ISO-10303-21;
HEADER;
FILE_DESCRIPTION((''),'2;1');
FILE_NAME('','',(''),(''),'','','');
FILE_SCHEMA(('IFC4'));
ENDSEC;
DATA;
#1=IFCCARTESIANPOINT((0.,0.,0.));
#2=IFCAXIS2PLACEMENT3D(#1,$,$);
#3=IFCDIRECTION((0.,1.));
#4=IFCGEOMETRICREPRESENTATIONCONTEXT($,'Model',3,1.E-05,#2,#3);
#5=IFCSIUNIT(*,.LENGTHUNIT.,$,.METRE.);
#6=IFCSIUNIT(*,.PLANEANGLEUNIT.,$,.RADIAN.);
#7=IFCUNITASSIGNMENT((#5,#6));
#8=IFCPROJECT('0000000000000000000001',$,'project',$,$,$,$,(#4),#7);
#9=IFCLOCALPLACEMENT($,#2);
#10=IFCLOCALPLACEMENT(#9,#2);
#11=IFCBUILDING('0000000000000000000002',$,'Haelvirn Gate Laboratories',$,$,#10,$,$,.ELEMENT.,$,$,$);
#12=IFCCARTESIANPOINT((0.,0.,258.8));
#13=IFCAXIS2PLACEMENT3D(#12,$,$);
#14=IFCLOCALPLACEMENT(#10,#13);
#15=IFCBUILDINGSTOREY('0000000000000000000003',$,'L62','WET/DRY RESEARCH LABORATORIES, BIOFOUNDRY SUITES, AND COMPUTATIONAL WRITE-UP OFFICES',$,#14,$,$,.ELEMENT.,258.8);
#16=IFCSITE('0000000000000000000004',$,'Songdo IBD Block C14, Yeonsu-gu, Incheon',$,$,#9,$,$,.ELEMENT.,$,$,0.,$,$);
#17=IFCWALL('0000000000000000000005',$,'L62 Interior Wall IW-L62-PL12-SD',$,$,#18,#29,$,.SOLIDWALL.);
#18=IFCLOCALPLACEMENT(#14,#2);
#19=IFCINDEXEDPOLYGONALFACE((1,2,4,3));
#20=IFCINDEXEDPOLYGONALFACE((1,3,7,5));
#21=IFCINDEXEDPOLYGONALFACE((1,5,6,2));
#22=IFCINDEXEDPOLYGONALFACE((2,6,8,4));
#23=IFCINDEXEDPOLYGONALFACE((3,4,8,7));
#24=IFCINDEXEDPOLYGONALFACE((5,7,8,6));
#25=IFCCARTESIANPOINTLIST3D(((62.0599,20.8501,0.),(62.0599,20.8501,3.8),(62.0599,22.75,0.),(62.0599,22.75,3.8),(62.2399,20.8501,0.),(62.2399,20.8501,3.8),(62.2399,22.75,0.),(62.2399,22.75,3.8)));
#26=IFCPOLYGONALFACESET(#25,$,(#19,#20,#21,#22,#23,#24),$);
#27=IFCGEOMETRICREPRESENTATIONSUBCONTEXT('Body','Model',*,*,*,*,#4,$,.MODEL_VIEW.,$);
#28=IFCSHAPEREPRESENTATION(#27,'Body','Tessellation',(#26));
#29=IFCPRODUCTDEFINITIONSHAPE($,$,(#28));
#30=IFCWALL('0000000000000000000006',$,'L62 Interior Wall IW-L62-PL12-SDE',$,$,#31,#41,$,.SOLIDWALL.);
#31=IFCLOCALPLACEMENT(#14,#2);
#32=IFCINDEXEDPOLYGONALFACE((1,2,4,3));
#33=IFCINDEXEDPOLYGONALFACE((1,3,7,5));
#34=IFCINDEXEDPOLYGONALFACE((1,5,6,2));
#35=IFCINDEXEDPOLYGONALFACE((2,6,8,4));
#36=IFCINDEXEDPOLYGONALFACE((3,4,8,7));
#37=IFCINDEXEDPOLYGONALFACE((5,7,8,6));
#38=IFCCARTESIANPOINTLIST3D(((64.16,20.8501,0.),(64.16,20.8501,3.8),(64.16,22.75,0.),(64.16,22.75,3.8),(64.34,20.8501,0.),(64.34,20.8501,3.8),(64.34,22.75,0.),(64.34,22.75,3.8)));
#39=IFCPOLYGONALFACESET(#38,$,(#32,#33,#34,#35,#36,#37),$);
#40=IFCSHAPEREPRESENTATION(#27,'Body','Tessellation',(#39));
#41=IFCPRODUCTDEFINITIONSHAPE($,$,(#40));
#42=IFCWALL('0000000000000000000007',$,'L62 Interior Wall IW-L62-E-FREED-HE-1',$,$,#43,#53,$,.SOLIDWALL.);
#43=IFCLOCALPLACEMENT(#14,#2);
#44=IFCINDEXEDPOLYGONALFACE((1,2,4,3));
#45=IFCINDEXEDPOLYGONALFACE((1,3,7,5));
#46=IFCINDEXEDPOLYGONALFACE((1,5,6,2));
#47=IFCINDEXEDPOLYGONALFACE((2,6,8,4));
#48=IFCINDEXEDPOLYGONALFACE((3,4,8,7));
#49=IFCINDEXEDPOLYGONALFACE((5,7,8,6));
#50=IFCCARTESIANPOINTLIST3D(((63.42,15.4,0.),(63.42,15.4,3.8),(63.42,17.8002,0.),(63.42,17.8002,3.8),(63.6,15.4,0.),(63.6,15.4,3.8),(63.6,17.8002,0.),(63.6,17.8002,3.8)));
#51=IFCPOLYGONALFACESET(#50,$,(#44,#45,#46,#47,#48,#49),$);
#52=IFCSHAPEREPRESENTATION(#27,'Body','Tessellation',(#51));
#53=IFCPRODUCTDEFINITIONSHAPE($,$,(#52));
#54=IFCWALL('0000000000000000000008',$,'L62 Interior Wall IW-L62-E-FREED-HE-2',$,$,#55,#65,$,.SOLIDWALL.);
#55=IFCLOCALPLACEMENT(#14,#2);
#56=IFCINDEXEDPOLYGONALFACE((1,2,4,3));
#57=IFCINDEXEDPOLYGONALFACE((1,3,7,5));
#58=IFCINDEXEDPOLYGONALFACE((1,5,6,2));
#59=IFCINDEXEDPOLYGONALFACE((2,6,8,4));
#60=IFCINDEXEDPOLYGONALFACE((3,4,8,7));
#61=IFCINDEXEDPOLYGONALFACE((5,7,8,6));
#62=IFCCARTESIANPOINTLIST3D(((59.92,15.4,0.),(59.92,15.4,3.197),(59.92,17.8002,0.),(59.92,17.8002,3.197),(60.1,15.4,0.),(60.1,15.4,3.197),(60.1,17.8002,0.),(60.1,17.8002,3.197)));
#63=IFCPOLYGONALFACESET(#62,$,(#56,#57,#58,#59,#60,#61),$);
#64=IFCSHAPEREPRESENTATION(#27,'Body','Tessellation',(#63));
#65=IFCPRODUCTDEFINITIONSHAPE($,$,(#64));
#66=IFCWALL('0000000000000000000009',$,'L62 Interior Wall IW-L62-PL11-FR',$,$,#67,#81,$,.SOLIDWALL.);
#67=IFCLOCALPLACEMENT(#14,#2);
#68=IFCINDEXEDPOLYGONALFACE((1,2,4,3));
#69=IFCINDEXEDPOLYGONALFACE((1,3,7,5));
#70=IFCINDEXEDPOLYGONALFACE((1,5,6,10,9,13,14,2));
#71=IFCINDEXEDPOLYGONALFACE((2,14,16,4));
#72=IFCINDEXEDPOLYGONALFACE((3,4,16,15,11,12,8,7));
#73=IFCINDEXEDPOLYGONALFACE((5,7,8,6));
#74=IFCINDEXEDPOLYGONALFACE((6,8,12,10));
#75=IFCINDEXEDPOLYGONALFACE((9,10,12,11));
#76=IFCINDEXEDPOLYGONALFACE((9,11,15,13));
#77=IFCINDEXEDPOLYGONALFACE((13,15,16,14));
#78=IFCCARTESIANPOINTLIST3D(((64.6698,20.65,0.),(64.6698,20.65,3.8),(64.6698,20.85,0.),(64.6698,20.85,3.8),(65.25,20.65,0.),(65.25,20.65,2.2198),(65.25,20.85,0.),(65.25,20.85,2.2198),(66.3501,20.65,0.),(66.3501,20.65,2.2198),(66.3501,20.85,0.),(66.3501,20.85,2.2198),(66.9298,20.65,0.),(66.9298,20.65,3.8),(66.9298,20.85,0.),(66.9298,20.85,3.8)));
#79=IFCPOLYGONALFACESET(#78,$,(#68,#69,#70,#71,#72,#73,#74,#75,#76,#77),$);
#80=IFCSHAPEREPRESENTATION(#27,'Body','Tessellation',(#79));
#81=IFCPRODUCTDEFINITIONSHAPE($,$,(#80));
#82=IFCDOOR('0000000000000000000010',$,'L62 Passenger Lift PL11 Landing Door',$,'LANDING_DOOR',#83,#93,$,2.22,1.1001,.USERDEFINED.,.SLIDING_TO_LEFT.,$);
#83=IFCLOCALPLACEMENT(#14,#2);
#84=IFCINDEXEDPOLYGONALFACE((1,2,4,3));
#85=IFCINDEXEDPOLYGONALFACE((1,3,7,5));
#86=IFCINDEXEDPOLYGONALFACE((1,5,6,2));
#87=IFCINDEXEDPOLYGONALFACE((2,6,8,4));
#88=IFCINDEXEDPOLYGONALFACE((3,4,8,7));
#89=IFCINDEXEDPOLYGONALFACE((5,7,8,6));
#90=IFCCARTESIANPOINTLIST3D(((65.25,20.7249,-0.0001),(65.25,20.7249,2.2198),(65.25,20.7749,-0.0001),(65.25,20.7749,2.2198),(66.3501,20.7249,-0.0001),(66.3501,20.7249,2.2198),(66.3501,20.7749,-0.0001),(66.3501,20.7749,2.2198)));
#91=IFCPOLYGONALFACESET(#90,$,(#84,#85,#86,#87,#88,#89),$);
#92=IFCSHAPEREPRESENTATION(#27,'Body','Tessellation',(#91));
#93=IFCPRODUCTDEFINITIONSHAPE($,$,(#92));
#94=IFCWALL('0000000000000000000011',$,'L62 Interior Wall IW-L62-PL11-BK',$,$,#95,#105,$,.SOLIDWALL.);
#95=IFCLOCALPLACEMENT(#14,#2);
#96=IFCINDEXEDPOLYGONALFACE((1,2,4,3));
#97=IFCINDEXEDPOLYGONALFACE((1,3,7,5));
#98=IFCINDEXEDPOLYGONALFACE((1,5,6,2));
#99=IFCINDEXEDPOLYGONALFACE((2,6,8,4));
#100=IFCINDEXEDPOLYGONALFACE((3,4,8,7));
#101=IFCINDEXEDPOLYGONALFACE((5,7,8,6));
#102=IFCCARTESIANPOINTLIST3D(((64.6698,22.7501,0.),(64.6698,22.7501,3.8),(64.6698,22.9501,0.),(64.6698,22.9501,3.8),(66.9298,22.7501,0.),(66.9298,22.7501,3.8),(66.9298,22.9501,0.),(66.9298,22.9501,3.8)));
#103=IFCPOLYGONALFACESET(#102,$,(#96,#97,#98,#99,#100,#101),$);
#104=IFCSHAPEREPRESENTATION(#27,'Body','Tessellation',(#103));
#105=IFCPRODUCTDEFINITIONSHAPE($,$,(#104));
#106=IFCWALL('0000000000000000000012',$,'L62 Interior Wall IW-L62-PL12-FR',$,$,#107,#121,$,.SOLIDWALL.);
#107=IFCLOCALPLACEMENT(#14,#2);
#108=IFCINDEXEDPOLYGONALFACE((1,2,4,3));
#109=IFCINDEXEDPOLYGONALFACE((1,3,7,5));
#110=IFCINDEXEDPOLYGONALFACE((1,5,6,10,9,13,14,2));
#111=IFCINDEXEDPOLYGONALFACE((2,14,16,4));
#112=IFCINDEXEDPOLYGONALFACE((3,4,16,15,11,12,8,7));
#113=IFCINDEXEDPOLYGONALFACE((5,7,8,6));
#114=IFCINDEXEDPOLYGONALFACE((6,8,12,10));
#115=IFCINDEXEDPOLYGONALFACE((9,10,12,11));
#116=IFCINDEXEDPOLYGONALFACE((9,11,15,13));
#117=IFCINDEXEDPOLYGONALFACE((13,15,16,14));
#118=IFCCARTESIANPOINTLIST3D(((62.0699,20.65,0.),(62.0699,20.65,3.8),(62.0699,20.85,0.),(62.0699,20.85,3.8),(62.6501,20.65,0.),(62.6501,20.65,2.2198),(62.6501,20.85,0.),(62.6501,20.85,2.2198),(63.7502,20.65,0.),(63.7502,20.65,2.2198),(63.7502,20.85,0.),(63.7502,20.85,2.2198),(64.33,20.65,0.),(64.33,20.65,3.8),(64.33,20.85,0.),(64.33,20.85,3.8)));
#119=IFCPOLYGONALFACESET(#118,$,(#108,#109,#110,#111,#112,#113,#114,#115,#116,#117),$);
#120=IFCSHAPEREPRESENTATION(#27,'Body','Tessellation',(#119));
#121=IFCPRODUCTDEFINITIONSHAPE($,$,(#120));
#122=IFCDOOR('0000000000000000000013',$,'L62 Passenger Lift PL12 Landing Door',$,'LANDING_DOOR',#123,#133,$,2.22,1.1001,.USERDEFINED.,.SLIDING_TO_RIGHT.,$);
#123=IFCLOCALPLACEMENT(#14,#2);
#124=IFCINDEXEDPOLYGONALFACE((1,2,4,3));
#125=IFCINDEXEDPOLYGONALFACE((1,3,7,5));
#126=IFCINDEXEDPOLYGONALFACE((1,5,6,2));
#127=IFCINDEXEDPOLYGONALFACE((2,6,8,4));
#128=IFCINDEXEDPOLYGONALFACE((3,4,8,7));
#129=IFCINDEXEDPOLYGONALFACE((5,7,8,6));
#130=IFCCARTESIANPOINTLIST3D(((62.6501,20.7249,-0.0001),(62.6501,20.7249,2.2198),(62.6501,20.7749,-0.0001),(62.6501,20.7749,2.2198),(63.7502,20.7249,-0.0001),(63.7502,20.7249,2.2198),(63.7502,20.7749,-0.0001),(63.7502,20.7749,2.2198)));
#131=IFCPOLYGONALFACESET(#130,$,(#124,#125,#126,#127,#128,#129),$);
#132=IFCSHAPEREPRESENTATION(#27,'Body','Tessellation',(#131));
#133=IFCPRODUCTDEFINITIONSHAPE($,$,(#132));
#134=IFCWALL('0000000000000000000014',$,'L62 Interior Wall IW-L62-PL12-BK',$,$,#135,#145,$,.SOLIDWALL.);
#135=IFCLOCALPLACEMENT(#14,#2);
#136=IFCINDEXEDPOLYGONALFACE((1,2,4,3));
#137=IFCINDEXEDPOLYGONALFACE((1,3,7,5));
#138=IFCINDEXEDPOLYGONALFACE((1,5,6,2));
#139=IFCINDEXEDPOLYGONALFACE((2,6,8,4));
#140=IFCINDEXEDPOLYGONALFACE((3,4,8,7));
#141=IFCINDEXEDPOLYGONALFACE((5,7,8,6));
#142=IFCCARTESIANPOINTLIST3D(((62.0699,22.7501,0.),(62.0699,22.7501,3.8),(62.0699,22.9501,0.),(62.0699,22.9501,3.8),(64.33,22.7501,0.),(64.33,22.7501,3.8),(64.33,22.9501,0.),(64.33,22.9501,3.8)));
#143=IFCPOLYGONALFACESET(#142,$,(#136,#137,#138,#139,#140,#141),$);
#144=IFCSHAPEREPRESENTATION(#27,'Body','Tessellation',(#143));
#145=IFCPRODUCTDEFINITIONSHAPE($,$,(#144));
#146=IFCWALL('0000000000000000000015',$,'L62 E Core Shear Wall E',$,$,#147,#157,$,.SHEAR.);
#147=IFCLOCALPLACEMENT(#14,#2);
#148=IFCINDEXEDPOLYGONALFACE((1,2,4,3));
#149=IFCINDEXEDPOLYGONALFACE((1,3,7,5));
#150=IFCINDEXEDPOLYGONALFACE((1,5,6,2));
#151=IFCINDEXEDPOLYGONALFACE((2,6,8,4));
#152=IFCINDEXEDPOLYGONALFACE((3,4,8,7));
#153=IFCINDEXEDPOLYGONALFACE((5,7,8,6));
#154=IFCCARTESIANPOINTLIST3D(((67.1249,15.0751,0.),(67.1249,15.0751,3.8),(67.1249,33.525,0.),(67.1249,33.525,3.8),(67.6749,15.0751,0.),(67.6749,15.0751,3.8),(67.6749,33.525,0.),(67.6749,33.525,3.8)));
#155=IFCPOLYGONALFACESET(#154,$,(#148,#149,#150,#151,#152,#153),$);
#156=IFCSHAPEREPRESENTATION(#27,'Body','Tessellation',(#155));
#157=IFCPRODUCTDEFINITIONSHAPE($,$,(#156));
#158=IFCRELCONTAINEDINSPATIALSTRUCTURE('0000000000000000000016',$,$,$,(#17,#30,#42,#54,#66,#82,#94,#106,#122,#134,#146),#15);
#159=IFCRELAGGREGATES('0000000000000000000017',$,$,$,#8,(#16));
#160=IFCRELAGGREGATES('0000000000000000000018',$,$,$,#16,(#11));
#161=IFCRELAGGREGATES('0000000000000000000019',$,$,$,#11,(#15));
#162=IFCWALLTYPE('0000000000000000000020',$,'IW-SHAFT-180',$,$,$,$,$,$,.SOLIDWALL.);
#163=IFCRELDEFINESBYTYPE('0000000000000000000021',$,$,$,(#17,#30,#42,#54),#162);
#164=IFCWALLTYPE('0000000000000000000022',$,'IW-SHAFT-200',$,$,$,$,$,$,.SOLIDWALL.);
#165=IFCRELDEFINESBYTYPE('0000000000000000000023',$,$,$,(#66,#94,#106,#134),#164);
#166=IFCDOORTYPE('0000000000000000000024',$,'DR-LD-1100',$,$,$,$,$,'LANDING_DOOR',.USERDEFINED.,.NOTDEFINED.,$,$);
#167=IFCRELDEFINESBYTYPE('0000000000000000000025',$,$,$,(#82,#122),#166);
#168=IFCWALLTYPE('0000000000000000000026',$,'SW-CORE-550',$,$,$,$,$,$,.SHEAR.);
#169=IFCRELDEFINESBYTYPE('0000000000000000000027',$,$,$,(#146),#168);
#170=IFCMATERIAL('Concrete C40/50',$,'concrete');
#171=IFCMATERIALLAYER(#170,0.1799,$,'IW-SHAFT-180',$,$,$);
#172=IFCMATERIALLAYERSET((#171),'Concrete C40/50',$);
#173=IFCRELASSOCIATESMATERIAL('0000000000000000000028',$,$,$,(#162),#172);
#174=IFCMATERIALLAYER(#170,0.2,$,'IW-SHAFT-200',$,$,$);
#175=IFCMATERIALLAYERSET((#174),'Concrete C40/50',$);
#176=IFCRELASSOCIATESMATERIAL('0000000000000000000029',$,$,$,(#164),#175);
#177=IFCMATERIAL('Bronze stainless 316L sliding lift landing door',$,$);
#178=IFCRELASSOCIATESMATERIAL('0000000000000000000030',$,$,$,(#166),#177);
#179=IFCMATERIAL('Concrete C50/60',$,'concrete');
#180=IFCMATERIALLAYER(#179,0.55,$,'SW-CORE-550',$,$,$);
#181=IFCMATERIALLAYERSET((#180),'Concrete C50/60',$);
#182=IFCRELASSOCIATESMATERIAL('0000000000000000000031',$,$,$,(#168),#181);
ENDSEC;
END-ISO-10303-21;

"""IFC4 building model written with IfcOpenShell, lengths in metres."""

from ifc_helpers import new_model, si_unit, direction, frame, frame_2d, origin, place, context, subcontext, project, spatial, rectangle, extrude, source, transform, mapped, material, layer, layer_set, type_object, type_shapes, element, fill, save


model = new_model("IFC4")

# Units and contexts
model_context = context("Model", 3, precision=1e-05, world=origin(), true_north=direction((0.0, 1.0)))
body_context = subcontext(model_context, "Body", "Model", "MODEL_VIEW")
ifc_project = project(units=[si_unit("LENGTHUNIT", "METRE"), si_unit("PLANEANGLEUNIT", "RADIAN")], contexts=[model_context])

# Site, building, storey
site_placement = place(None, origin())
site = spatial("IfcSite", under=ifc_project, at=site_placement, Name="Songdo IBD Block C14, Yeonsu-gu, Incheon", CompositionType="ELEMENT", RefElevation=0.0)
building_placement = place(site_placement, origin())
building = spatial("IfcBuilding", under=site, at=building_placement, Name="Haelvirn Gate Laboratories", CompositionType="ELEMENT")
storey_placement = place(building_placement, frame((0.0, 0.0, 258.8)))
storey = spatial("IfcBuildingStorey", under=building, at=storey_placement, Name="L62", Description="WET/DRY RESEARCH LABORATORIES, BIOFOUNDRY SUITES, AND COMPUTATIONAL WRITE-UP OFFICES", CompositionType="ELEMENT", Elevation=258.8)

# Shared definitions
ifc_material_1 = material(Name="Concrete C50/60", Category="concrete")

# Walls
ifc_material_2 = material(Name="Concrete C40/50", Category="concrete")
ifc_layer_1 = layer(ifc_material_2, 0.1799, Name="IW-SHAFT-180")
ifc_layer_set_1 = layer_set([ifc_layer_1], Name="Concrete C40/50")
wall_type_1 = type_object("IfcWallType", Name="IW-SHAFT-180", PredefinedType="SOLIDWALL", material=ifc_layer_set_1)
for number, where, z_axis, x_axis, name in (
    (1, (62.1499, 20.8501, 0.0), (0.0, 0.0, 1.0), (0.0, 1.0, 0.0), "L62 Interior Wall IW-L62-PL12-SD"),
    (2, (64.25, 20.8501, 0.0), (0.0, 0.0, 1.0), (0.0, 1.0, 0.0), "L62 Interior Wall IW-L62-PL12-SDE"),
):
    element("IfcWall", number, at=place(storey_placement, frame(where, z_axis=z_axis, x_axis=x_axis)), inside=storey, type_object=wall_type_1, Name=name, PredefinedType="SOLIDWALL", context=body_context, shape_type="SweptSolid", body=[
        extrude(rectangle(XDim=1.8999, YDim=0.1799, at=frame_2d((0.95, 0.0))), origin(), (0.0, 0.0, 1.0), 3.8),
    ])

# Wall
wall_1_placement = place(storey_placement, frame((63.51, 15.3999, 0.0), z_axis=(0.0, 0.0, 1.0), x_axis=(0.0, 1.0, 0.0)))
element("IfcWall", 3, at=wall_1_placement, inside=storey, type_object=wall_type_1, Name="L62 Interior Wall IW-L62-E-FREED-HE-1", PredefinedType="SOLIDWALL", context=body_context, shape_type="SweptSolid", body=[
    extrude(rectangle(XDim=2.4001, YDim=0.1799, at=frame_2d((1.2002, 0.0))), origin(), (0.0, 0.0, 1.0), 3.8),
])

# Wall
wall_2_placement = place(storey_placement, frame((60.01, 15.3999, 0.0), z_axis=(0.0, 0.0, 1.0), x_axis=(0.0, 1.0, 0.0)))
element("IfcWall", 4, at=wall_2_placement, inside=storey, type_object=wall_type_1, Name="L62 Interior Wall IW-L62-E-FREED-HE-2", PredefinedType="SOLIDWALL", context=body_context, shape_type="SweptSolid", body=[
    extrude(rectangle(XDim=2.4001, YDim=0.1799, at=frame_2d((1.2002, 0.0))), origin(), (0.0, 0.0, 1.0), 3.197),
])

# Wall, opening, door
ifc_layer_2 = layer(ifc_material_2, 0.2, Name="IW-SHAFT-200")
ifc_layer_set_2 = layer_set([ifc_layer_2], Name="Concrete C40/50")
wall_type_2 = type_object("IfcWallType", Name="IW-SHAFT-200", PredefinedType="SOLIDWALL", material=ifc_layer_set_2)
wall_3_placement = place(storey_placement, frame((64.6699, 20.75, 0.0), z_axis=(0.0, 0.0, 1.0), x_axis=(1.0, 0.0, 0.0)))
wall_3 = element("IfcWall", 5, at=wall_3_placement, inside=storey, type_object=wall_type_2, Name="L62 Interior Wall IW-L62-PL11-FR", PredefinedType="SOLIDWALL", context=body_context, shape_type="SweptSolid", body=[
    extrude(rectangle(XDim=2.26, YDim=0.2, at=frame_2d((1.1299, 0.0))), origin(), (0.0, 0.0, 1.0), 3.8),
])
opening_1_placement = place(wall_3_placement, frame((0.5801, 0.0, 0.0)))
opening_1 = element("IfcOpeningElement", 6, at=opening_1_placement, cuts=wall_3, PredefinedType="OPENING", context=body_context, shape_type="SweptSolid", body=[
    extrude(rectangle(XDim=1.1001, YDim=2.22, at=frame_2d((0.55, 1.1099))), frame((0.0, 0.1099, 0.0), z_axis=(0.0, -1.0, 0.0), x_axis=(1.0, 0.0, 0.0)), (0.0, 0.0, 1.0), 0.22),
])
ifc_material_3 = material(Name="Bronze stainless 316L sliding lift landing door")
door_type_1 = type_object("IfcDoorType", Name="DR-LD-1100", ElementType="LANDING_DOOR", OperationType="NOTDEFINED", PredefinedType="USERDEFINED", material=ifc_material_3)
shared_shape_1 = source(origin(), body_context, "Body", "SweptSolid", [
    extrude(rectangle(XDim=1.1001, YDim=2.22, at=frame_2d((0.55, 1.1099))), frame((0.0, 0.0249, 0.0), z_axis=(0.0, -1.0, 0.0), x_axis=(1.0, 0.0, 0.0)), (0.0, 0.0, 1.0), 0.05),
])
type_shapes(door_type_1, [shared_shape_1])
door_1_placement = place(opening_1_placement, origin())
door_1 = element("IfcDoor", 7, at=door_1_placement, inside=storey, type_object=door_type_1, Name="L62 Passenger Lift PL11 Landing Door", ObjectType="LANDING_DOOR", OperationType="SLIDING_TO_LEFT", OverallHeight=2.22, OverallWidth=1.1001, PredefinedType="USERDEFINED", context=body_context, shape_type="MappedRepresentation", body=[
    mapped(shared_shape_1, transform((0.0, 0.0, 0.0), scale=1.0)),
])
fill(opening_1, door_1)

# Wall
wall_4_placement = place(storey_placement, frame((64.6699, 22.8501, 0.0), z_axis=(0.0, 0.0, 1.0), x_axis=(1.0, 0.0, 0.0)))
element("IfcWall", 8, at=wall_4_placement, inside=storey, type_object=wall_type_2, Name="L62 Interior Wall IW-L62-PL11-BK", PredefinedType="SOLIDWALL", context=body_context, shape_type="SweptSolid", body=[
    extrude(rectangle(XDim=2.26, YDim=0.2, at=frame_2d((1.1299, 0.0))), origin(), (0.0, 0.0, 1.0), 3.8),
])

# Wall, opening, door
wall_5_placement = place(storey_placement, frame((62.0701, 20.75, 0.0), z_axis=(0.0, 0.0, 1.0), x_axis=(1.0, 0.0, 0.0)))
wall_5 = element("IfcWall", 9, at=wall_5_placement, inside=storey, type_object=wall_type_2, Name="L62 Interior Wall IW-L62-PL12-FR", PredefinedType="SOLIDWALL", context=body_context, shape_type="SweptSolid", body=[
    extrude(rectangle(XDim=2.26, YDim=0.2, at=frame_2d((1.1299, 0.0))), origin(), (0.0, 0.0, 1.0), 3.8),
])
opening_2_placement = place(wall_5_placement, frame((0.5801, 0.0, 0.0)))
opening_2 = element("IfcOpeningElement", 10, at=opening_2_placement, cuts=wall_5, PredefinedType="OPENING", context=body_context, shape_type="SweptSolid", body=[
    extrude(rectangle(XDim=1.1001, YDim=2.22, at=frame_2d((0.55, 1.1099))), frame((0.0, 0.1099, 0.0), z_axis=(0.0, -1.0, 0.0), x_axis=(1.0, 0.0, 0.0)), (0.0, 0.0, 1.0), 0.22),
])
door_2_placement = place(opening_2_placement, origin())
door_2 = element("IfcDoor", 11, at=door_2_placement, inside=storey, type_object=door_type_1, Name="L62 Passenger Lift PL12 Landing Door", ObjectType="LANDING_DOOR", OperationType="SLIDING_TO_RIGHT", OverallHeight=2.22, OverallWidth=1.1001, PredefinedType="USERDEFINED", context=body_context, shape_type="MappedRepresentation", body=[
    mapped(shared_shape_1, transform((0.0, 0.0, 0.0), scale=1.0)),
])
fill(opening_2, door_2)

# Walls
wall_6_placement = place(storey_placement, frame((62.0701, 22.8501, 0.0), z_axis=(0.0, 0.0, 1.0), x_axis=(1.0, 0.0, 0.0)))
element("IfcWall", 12, at=wall_6_placement, inside=storey, type_object=wall_type_2, Name="L62 Interior Wall IW-L62-PL12-BK", PredefinedType="SOLIDWALL", context=body_context, shape_type="SweptSolid", body=[
    extrude(rectangle(XDim=2.26, YDim=0.2, at=frame_2d((1.1299, 0.0))), origin(), (0.0, 0.0, 1.0), 3.8),
])
ifc_layer_3 = layer(ifc_material_1, 0.55, Name="SW-CORE-550")
ifc_layer_set_3 = layer_set([ifc_layer_3], Name="Concrete C50/60")
wall_type_3 = type_object("IfcWallType", Name="SW-CORE-550", PredefinedType="SHEAR", material=ifc_layer_set_3)
wall_7_placement = place(storey_placement, frame((67.3999, 15.075, 0.0), z_axis=(0.0, 0.0, 1.0), x_axis=(0.0, 1.0, 0.0)))
element("IfcWall", 13, at=wall_7_placement, inside=storey, type_object=wall_type_3, Name="L62 E Core Shear Wall E", PredefinedType="SHEAR", context=body_context, shape_type="SweptSolid", body=[
    extrude(rectangle(XDim=18.45, YDim=0.55, at=frame_2d((9.2251, 0.0))), origin(), (0.0, 0.0, 1.0), 3.8),
])

save(model, "model.ifc")
